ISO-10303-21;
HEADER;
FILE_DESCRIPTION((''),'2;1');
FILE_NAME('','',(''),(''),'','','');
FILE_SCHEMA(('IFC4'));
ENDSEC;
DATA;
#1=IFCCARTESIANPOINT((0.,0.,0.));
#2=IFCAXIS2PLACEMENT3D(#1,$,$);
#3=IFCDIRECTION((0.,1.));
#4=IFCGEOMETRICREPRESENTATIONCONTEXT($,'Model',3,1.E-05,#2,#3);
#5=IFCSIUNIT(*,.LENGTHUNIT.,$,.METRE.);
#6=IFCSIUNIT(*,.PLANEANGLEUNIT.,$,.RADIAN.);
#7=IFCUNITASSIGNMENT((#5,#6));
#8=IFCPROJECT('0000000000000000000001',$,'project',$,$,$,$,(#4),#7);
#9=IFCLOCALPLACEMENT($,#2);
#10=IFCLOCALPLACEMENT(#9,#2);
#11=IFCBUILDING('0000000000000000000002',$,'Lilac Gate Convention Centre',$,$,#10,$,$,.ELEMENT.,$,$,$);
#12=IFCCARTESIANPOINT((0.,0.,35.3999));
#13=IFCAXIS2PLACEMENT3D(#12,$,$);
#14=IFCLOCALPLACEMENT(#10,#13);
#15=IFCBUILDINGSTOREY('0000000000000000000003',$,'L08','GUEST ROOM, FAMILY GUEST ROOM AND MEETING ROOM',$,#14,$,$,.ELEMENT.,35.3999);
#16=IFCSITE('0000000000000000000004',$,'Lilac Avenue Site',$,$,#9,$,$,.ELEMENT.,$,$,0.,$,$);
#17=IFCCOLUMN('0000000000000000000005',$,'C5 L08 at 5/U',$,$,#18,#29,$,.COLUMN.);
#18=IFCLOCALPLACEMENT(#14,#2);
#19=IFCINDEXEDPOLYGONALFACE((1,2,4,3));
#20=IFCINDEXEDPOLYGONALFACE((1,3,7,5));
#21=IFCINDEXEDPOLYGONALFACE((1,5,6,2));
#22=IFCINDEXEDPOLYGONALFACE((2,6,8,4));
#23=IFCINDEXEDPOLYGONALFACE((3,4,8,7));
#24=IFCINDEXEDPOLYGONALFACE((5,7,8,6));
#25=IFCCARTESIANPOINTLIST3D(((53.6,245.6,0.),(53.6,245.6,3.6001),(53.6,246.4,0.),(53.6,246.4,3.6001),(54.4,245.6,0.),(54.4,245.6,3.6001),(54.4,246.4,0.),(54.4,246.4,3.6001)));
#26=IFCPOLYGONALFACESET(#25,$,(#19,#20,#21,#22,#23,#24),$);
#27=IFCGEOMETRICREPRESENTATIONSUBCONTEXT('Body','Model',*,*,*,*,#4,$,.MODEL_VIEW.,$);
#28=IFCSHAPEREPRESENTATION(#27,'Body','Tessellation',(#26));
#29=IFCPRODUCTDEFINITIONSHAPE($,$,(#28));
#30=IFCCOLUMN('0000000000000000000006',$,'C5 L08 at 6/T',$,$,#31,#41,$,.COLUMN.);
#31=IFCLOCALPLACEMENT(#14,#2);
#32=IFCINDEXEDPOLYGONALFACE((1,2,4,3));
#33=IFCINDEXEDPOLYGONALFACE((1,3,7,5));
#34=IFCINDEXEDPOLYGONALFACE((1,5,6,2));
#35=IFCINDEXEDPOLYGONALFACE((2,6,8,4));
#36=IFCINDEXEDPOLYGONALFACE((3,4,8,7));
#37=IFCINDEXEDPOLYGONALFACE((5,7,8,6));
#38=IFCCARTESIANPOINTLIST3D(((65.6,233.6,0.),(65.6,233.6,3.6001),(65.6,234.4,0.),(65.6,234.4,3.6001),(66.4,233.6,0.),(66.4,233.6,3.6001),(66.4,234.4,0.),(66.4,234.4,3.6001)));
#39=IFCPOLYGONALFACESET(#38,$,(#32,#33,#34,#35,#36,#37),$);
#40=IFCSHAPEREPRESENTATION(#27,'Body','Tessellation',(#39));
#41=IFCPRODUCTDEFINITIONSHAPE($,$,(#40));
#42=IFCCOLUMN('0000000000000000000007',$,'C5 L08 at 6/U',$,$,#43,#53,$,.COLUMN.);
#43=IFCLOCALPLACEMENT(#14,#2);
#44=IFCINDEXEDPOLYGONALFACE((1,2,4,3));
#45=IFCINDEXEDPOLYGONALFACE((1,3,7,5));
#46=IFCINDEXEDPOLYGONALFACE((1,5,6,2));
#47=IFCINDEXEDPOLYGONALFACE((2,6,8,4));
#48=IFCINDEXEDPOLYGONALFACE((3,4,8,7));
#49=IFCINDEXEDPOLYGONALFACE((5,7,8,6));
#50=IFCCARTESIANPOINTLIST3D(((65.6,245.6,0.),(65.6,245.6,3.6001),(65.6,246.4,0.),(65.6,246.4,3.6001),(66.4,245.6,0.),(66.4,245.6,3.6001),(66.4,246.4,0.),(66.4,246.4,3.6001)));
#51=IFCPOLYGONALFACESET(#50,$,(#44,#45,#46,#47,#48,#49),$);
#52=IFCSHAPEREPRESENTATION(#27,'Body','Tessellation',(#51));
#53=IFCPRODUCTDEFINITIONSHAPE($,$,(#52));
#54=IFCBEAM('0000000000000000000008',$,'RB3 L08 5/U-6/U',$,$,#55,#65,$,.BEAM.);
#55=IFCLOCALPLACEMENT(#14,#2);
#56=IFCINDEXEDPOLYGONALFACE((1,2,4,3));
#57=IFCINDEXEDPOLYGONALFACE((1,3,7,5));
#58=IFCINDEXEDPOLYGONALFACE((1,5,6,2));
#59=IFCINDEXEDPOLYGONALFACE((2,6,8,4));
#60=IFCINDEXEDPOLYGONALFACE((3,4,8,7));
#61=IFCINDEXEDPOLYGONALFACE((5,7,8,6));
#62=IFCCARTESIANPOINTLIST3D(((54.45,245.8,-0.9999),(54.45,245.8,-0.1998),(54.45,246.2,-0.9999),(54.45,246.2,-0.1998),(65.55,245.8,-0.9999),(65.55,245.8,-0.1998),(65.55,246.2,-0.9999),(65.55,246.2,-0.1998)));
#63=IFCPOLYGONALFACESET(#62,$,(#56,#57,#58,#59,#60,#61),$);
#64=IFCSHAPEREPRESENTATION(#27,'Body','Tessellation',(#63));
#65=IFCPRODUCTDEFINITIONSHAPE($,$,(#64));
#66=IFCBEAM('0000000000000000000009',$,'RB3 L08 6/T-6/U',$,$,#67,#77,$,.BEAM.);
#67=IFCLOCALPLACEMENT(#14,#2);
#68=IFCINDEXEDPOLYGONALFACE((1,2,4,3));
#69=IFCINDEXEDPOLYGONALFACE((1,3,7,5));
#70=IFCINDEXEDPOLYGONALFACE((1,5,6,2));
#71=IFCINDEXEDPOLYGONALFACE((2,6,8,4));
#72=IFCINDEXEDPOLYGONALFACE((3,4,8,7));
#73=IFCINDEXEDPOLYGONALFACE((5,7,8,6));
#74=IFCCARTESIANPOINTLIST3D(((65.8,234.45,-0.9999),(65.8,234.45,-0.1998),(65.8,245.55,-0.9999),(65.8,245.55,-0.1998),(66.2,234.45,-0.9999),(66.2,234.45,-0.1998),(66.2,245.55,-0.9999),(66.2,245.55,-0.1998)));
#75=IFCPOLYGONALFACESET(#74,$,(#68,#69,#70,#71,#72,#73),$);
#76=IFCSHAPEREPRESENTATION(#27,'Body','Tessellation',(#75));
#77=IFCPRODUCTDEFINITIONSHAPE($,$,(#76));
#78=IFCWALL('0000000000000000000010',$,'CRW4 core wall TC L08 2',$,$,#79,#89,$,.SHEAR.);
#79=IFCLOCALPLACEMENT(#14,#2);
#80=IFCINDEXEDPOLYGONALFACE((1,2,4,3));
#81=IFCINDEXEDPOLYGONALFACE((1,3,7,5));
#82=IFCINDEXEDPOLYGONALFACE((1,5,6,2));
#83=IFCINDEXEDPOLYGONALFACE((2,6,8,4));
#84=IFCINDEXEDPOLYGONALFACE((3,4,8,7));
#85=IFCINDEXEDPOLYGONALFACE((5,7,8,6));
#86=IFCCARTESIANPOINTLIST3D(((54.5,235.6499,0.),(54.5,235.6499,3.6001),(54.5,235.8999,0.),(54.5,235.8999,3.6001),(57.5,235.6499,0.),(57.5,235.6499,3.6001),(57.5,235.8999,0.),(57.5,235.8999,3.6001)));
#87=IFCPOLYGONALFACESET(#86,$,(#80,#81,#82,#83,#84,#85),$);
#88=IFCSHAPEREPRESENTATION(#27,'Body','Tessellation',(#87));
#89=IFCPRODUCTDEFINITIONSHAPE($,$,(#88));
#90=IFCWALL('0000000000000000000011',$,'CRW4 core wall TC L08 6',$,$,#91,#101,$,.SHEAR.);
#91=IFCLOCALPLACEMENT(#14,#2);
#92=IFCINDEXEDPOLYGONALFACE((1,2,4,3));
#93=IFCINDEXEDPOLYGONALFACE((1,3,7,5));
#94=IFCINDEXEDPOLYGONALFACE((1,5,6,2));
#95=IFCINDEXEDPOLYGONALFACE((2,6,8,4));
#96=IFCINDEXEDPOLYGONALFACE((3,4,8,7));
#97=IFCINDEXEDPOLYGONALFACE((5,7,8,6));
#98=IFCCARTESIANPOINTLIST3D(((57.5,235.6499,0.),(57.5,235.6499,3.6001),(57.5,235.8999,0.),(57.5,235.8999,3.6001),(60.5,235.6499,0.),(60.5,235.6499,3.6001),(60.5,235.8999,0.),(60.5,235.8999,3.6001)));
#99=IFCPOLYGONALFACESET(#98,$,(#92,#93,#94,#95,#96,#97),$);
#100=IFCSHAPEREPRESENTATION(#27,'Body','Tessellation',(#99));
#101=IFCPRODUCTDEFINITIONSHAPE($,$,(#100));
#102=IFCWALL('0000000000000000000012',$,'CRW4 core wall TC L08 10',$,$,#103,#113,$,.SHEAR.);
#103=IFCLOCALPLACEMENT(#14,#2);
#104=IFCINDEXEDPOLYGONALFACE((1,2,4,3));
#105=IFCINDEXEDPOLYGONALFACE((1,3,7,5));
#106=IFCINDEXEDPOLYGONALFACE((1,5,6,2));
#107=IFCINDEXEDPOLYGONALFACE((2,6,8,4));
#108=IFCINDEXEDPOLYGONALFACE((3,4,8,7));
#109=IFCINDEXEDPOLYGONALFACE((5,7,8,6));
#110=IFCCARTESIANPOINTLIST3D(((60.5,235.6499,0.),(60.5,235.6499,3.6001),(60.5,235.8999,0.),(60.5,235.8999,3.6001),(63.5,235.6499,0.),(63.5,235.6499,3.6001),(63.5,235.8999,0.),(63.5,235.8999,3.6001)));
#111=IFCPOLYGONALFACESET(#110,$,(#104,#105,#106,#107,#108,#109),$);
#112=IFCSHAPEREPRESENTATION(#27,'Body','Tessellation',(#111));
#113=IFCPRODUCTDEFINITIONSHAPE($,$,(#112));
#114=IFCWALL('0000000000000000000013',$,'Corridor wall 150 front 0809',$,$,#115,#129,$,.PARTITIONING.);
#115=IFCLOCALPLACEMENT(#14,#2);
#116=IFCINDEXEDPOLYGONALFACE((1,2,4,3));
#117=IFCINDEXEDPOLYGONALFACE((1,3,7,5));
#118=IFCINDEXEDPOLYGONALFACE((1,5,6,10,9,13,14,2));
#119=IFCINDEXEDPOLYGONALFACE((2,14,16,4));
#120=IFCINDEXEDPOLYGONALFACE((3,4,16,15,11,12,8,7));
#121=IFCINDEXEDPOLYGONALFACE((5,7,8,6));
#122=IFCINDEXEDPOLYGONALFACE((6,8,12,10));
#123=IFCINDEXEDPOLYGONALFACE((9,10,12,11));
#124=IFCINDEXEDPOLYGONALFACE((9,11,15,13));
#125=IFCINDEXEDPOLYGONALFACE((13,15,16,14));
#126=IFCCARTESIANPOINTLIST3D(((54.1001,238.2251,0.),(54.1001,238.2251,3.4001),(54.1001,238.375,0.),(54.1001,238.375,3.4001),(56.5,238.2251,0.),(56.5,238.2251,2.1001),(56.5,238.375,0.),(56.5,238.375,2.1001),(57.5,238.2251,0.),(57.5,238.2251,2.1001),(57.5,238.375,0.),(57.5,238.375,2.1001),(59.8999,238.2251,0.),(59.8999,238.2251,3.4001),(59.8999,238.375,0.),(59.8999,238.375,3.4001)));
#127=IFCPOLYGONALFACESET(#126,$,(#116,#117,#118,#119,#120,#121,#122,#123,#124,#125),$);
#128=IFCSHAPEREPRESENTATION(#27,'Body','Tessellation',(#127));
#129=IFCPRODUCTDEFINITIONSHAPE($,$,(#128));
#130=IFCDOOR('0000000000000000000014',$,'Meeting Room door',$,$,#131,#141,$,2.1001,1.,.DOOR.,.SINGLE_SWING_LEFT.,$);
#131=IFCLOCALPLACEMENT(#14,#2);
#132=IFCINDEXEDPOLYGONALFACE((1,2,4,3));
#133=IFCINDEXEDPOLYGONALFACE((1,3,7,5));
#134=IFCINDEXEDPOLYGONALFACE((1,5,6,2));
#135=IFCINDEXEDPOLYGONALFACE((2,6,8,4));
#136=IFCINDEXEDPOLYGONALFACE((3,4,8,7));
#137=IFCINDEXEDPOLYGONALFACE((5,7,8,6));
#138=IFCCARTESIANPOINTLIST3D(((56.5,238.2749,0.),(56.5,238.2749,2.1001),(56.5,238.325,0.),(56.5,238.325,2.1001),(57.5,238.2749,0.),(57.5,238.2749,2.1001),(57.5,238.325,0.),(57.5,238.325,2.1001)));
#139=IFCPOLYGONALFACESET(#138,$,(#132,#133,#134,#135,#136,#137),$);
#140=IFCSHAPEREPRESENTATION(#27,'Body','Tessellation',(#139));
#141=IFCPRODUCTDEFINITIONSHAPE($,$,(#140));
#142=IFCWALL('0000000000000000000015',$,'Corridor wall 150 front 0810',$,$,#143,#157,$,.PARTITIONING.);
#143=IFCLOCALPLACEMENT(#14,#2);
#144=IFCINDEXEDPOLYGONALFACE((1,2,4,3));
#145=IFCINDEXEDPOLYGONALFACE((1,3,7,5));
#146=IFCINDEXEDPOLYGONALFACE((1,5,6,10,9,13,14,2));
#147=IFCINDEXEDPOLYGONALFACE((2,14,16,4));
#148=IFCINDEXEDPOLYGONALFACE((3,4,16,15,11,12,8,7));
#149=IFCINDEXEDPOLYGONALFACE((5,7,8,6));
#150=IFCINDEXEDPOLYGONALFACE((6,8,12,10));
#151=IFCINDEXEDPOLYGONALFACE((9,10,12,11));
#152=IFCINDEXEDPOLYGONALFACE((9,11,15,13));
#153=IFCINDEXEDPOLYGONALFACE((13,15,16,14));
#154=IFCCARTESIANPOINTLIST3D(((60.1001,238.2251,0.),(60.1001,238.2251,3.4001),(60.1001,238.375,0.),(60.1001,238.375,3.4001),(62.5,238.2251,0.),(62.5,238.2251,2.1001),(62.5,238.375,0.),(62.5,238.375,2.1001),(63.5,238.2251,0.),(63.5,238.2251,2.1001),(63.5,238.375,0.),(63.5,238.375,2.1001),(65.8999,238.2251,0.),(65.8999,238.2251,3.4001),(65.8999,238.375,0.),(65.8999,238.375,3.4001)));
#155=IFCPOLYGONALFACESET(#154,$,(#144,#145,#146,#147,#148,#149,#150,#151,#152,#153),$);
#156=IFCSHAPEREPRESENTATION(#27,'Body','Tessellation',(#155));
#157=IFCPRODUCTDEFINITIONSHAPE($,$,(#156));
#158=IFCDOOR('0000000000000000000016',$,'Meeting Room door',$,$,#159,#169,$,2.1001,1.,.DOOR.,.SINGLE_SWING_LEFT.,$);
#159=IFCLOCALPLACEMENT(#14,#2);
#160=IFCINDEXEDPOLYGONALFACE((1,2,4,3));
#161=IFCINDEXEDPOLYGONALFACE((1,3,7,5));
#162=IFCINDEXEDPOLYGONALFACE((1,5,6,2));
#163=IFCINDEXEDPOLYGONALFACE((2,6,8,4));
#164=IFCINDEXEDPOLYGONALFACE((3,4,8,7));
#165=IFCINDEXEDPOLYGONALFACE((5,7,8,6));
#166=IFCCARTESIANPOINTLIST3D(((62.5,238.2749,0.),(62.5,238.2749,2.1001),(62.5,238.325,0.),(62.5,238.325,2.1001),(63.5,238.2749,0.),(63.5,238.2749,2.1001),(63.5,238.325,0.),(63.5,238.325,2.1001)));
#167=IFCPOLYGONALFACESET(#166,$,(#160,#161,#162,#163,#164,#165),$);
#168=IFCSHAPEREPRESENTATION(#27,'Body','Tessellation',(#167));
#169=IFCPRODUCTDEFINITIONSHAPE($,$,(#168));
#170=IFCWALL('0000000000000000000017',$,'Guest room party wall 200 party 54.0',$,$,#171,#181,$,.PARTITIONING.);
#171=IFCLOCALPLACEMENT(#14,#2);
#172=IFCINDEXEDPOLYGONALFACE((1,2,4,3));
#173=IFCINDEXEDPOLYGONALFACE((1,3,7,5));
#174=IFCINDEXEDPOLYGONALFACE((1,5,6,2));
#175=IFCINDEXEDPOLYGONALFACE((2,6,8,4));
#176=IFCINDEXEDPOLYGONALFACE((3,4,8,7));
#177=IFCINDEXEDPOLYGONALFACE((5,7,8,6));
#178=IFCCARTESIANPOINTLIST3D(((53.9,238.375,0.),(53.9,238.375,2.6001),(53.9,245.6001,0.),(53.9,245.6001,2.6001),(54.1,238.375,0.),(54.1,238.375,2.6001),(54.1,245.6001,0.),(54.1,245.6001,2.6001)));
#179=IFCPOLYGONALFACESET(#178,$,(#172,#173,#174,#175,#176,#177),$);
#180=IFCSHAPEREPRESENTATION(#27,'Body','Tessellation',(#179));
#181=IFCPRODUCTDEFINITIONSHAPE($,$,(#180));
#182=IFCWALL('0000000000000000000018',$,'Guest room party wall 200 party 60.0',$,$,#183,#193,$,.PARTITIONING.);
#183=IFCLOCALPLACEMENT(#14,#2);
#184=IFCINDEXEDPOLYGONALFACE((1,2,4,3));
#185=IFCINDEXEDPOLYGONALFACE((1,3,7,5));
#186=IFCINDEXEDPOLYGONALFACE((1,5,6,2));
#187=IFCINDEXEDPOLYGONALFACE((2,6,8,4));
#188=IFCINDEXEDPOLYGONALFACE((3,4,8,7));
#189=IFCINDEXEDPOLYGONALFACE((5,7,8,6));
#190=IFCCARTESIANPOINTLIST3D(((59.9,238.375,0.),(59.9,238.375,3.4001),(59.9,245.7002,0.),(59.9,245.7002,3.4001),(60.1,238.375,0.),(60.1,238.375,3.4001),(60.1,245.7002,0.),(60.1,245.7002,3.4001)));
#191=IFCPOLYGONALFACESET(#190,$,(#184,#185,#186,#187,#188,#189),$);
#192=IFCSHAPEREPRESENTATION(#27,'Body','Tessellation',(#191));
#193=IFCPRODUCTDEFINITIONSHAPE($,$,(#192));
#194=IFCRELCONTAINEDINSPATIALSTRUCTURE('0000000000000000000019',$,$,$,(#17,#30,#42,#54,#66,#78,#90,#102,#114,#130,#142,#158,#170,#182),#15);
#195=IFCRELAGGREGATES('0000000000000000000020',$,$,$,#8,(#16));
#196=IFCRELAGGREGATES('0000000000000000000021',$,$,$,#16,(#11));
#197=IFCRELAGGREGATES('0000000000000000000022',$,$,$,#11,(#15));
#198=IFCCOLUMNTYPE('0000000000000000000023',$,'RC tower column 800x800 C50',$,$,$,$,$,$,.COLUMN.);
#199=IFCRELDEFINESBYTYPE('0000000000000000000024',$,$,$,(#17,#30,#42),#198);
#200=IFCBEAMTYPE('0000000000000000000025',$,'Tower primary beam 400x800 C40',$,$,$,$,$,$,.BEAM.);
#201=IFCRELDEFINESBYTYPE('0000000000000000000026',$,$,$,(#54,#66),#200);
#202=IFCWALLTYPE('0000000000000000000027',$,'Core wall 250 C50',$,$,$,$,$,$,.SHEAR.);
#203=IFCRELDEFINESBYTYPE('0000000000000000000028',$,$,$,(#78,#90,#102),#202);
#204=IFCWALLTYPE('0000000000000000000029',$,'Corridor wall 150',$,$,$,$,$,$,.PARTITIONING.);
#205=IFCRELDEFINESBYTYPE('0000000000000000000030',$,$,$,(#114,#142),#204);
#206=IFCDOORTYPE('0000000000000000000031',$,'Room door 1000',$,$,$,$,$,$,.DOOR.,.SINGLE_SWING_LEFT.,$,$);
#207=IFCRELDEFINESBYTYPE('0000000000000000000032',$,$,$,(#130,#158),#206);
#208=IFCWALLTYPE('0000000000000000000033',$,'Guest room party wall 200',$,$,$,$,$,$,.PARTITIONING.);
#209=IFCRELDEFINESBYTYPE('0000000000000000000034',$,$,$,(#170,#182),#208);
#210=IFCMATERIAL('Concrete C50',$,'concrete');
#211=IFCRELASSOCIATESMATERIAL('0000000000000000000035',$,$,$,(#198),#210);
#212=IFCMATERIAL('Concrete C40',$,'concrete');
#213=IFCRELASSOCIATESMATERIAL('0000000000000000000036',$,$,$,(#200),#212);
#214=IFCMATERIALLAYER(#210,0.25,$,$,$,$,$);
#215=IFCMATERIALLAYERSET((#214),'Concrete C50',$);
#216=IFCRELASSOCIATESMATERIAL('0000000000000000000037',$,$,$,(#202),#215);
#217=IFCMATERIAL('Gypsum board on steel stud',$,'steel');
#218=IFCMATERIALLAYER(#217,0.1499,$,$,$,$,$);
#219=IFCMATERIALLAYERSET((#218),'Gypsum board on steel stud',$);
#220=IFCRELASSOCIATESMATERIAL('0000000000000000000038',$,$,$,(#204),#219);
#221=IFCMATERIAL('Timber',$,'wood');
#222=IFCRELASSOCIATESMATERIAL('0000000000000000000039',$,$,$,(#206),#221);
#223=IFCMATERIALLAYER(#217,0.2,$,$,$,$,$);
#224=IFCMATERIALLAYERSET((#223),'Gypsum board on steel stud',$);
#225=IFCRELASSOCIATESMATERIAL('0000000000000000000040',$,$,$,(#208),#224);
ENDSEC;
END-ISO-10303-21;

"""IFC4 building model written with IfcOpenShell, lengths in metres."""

from ifc_helpers import new_model, si_unit, direction, frame, frame_2d, origin, origin_2d, place, context, subcontext, project, spatial, rectangle, extrude, material, layer, layer_set, material_profile, profile_set, type_object, element, fill, save


model = new_model("IFC4")

# Units and contexts
model_context = context("Model", 3, precision=1e-05, world=origin(), true_north=direction((0.0, 1.0)))
body_context = subcontext(model_context, "Body", "Model", "MODEL_VIEW")
ifc_project = project(units=[si_unit("LENGTHUNIT", "METRE"), si_unit("PLANEANGLEUNIT", "RADIAN")], contexts=[model_context])

# Site, building, storey
site_placement = place(None, origin())
site = spatial("IfcSite", under=ifc_project, at=site_placement, Name="Lilac Avenue Site", CompositionType="ELEMENT", RefElevation=0.0)
building_placement = place(site_placement, origin())
building = spatial("IfcBuilding", under=site, at=building_placement, Name="Lilac Gate Convention Centre", CompositionType="ELEMENT")
storey_placement = place(building_placement, frame((0.0, 0.0, 35.3999)))
storey = spatial("IfcBuildingStorey", under=building, at=storey_placement, Name="L08", Description="GUEST ROOM, FAMILY GUEST ROOM AND MEETING ROOM", CompositionType="ELEMENT", Elevation=35.3999)

# Columns
ifc_material_1 = material(Name="Concrete C50", Category="concrete")
ifc_material_profile_1 = material_profile(ifc_material_1, rectangle(XDim=0.8, YDim=0.8, at=origin_2d()), Name="RC 800x800")
ifc_profile_set_1 = profile_set([ifc_material_profile_1], Name="Concrete C50")
column_type = type_object("IfcColumnType", Name="RC tower column 800x800 C50", PredefinedType="COLUMN", material=ifc_profile_set_1)
for number, where, z_axis, x_axis, name in (
    (1, (54.0, 246.0, 0.0), (0.0, 0.0, 1.0), (1.0, 0.0, 0.0), "C5 L08 at 5/U"),
    (2, (66.0, 234.0, 0.0), (0.0, 0.0, 1.0), (1.0, 0.0, 0.0), "C5 L08 at 6/T"),
    (3, (66.0, 246.0, 0.0), (0.0, 0.0, 1.0), (1.0, 0.0, 0.0), "C5 L08 at 6/U"),
):
    element("IfcColumn", number, at=place(storey_placement, frame(where, z_axis=z_axis, x_axis=x_axis)), inside=storey, type_object=column_type, Name=name, PredefinedType="COLUMN", context=body_context, shape_type="SweptSolid", body=[
        extrude(rectangle(XDim=0.8, YDim=0.8, at=origin_2d()), origin(), (0.0, 0.0, 1.0), 3.6001),
    ])

# Beams
ifc_material_2 = material(Name="Concrete C40", Category="concrete")
ifc_material_profile_2 = material_profile(ifc_material_2, rectangle(XDim=0.3999, YDim=0.8, at=origin_2d()), Name="RC 400x800")
ifc_profile_set_2 = profile_set([ifc_material_profile_2], Name="Concrete C40")
beam_type = type_object("IfcBeamType", Name="Tower primary beam 400x800 C40", PredefinedType="BEAM", material=ifc_profile_set_2)
for number, where, z_axis, x_axis, name in (
    (4, (54.45, 246.0, -0.5999), (1.0, 0.0, 0.0), (0.0, 1.0, 0.0), "RB3 L08 5/U-6/U"),
    (5, (66.0, 234.45, -0.5999), (0.0, 1.0, 0.0), (-1.0, 0.0, 0.0), "RB3 L08 6/T-6/U"),
):
    element("IfcBeam", number, at=place(storey_placement, frame(where, z_axis=z_axis, x_axis=x_axis)), inside=storey, type_object=beam_type, Name=name, PredefinedType="BEAM", context=body_context, shape_type="SweptSolid", body=[
        extrude(rectangle(XDim=0.3999, YDim=0.8, at=origin_2d()), origin(), (0.0, 0.0, 1.0), 11.1001),
    ])

# Walls
ifc_layer_1 = layer(ifc_material_1, 0.25)
ifc_layer_set_1 = layer_set([ifc_layer_1], Name="Concrete C50")
wall_type_1 = type_object("IfcWallType", Name="Core wall 250 C50", PredefinedType="SHEAR", material=ifc_layer_set_1)
for number, where, z_axis, x_axis, name in (
    (6, (54.5, 235.7749, 0.0), (0.0, 0.0, 1.0), (1.0, 0.0, 0.0), "CRW4 core wall TC L08 2"),
    (7, (57.5, 235.7749, 0.0), (0.0, 0.0, 1.0), (1.0, 0.0, 0.0), "CRW4 core wall TC L08 6"),
    (8, (60.5, 235.7749, 0.0), (0.0, 0.0, 1.0), (1.0, 0.0, 0.0), "CRW4 core wall TC L08 10"),
):
    element("IfcWall", number, at=place(storey_placement, frame(where, z_axis=z_axis, x_axis=x_axis)), inside=storey, type_object=wall_type_1, Name=name, PredefinedType="SHEAR", context=body_context, shape_type="SweptSolid", body=[
        extrude(rectangle(XDim=3.0, YDim=0.25, at=frame_2d((1.5, 0.0))), origin(), (0.0, 0.0, 1.0), 3.6001),
    ])

# Walls, openings, doors
ifc_material_3 = material(Name="Gypsum board on steel stud", Category="steel")
ifc_layer_2 = layer(ifc_material_3, 0.1499)
ifc_layer_set_2 = layer_set([ifc_layer_2], Name="Gypsum board on steel stud")
wall_type_2 = type_object("IfcWallType", Name="Corridor wall 150", PredefinedType="PARTITIONING", material=ifc_layer_set_2)
wall_1_placement = place(storey_placement, frame((54.1001, 238.3, 0.0), z_axis=(0.0, 0.0, 1.0), x_axis=(1.0, 0.0, 0.0)))
wall_1 = element("IfcWall", 9, at=wall_1_placement, inside=storey, type_object=wall_type_2, Name="Corridor wall 150 front 0809", PredefinedType="PARTITIONING", context=body_context, shape_type="SweptSolid", body=[
    extrude(rectangle(XDim=5.7998, YDim=0.1499, at=frame_2d((2.8999, 0.0))), origin(), (0.0, 0.0, 1.0), 3.4001),
])
opening_1_placement = place(wall_1_placement, frame((2.3999, 0.0, 0.0)))
opening_1 = element("IfcOpeningElement", 10, at=opening_1_placement, cuts=wall_1, PredefinedType="OPENING", context=body_context, shape_type="SweptSolid", body=[
    extrude(rectangle(XDim=1.0, YDim=2.1001, at=frame_2d((0.5, 1.05))), frame((0.0, 0.085, 0.0), z_axis=(0.0, -1.0, 0.0), x_axis=(1.0, 0.0, 0.0)), (0.0, 0.0, 1.0), 0.1699),
])
ifc_material_4 = material(Name="Timber", Category="wood")
door_type = type_object("IfcDoorType", Name="Room door 1000", OperationType="SINGLE_SWING_LEFT", PredefinedType="DOOR", material=ifc_material_4)
door_1_placement = place(opening_1_placement, origin())
door_1 = element("IfcDoor", 11, at=door_1_placement, inside=storey, type_object=door_type, Name="Meeting Room door", OperationType="SINGLE_SWING_LEFT", OverallHeight=2.1001, OverallWidth=1.0, PredefinedType="DOOR", context=body_context, shape_type="SweptSolid", body=[
    extrude(rectangle(XDim=1.0, YDim=2.1001, at=frame_2d((0.5, 1.05))), frame((0.0, 0.0249, 0.0), z_axis=(0.0, -1.0, 0.0), x_axis=(1.0, 0.0, 0.0)), (0.0, 0.0, 1.0), 0.05),
])
fill(opening_1, door_1)
wall_2_placement = place(storey_placement, frame((60.1001, 238.3, 0.0), z_axis=(0.0, 0.0, 1.0), x_axis=(1.0, 0.0, 0.0)))
wall_2 = element("IfcWall", 12, at=wall_2_placement, inside=storey, type_object=wall_type_2, Name="Corridor wall 150 front 0810", PredefinedType="PARTITIONING", context=body_context, shape_type="SweptSolid", body=[
    extrude(rectangle(XDim=5.7998, YDim=0.1499, at=frame_2d((2.8999, 0.0))), origin(), (0.0, 0.0, 1.0), 3.4001),
])
opening_2_placement = place(wall_2_placement, frame((2.3999, 0.0, 0.0)))
opening_2 = element("IfcOpeningElement", 13, at=opening_2_placement, cuts=wall_2, PredefinedType="OPENING", context=body_context, shape_type="SweptSolid", body=[
    extrude(rectangle(XDim=1.0, YDim=2.1001, at=frame_2d((0.5, 1.05))), frame((0.0, 0.085, 0.0), z_axis=(0.0, -1.0, 0.0), x_axis=(1.0, 0.0, 0.0)), (0.0, 0.0, 1.0), 0.1699),
])
door_2_placement = place(opening_2_placement, origin())
door_2 = element("IfcDoor", 14, at=door_2_placement, inside=storey, type_object=door_type, Name="Meeting Room door", OperationType="SINGLE_SWING_LEFT", OverallHeight=2.1001, OverallWidth=1.0, PredefinedType="DOOR", context=body_context, shape_type="SweptSolid", body=[
    extrude(rectangle(XDim=1.0, YDim=2.1001, at=frame_2d((0.5, 1.05))), frame((0.0, 0.0249, 0.0), z_axis=(0.0, -1.0, 0.0), x_axis=(1.0, 0.0, 0.0)), (0.0, 0.0, 1.0), 0.05),
])
fill(opening_2, door_2)

# Walls
ifc_layer_3 = layer(ifc_material_3, 0.2)
ifc_layer_set_3 = layer_set([ifc_layer_3], Name="Gypsum board on steel stud")
wall_type_3 = type_object("IfcWallType", Name="Guest room party wall 200", PredefinedType="PARTITIONING", material=ifc_layer_set_3)
wall_3_placement = place(storey_placement, frame((54.0, 245.6001, 0.0), z_axis=(0.0, 0.0, 1.0), x_axis=(0.0, -1.0, 0.0)))
element("IfcWall", 15, at=wall_3_placement, inside=storey, type_object=wall_type_3, Name="Guest room party wall 200 party 54.0", PredefinedType="PARTITIONING", context=body_context, shape_type="SweptSolid", body=[
    extrude(rectangle(XDim=7.2251, YDim=0.2, at=frame_2d((3.6125, 0.0))), origin(), (0.0, 0.0, 1.0), 2.6001),
])
wall_4_placement = place(storey_placement, frame((60.0, 245.7002, 0.0), z_axis=(0.0, 0.0, 1.0), x_axis=(0.0, -1.0, 0.0)))
element("IfcWall", 16, at=wall_4_placement, inside=storey, type_object=wall_type_3, Name="Guest room party wall 200 party 60.0", PredefinedType="PARTITIONING", context=body_context, shape_type="SweptSolid", body=[
    extrude(rectangle(XDim=7.3252, YDim=0.2, at=frame_2d((3.6626, 0.0))), origin(), (0.0, 0.0, 1.0), 3.4001),
])

save(model, "model.ifc")
